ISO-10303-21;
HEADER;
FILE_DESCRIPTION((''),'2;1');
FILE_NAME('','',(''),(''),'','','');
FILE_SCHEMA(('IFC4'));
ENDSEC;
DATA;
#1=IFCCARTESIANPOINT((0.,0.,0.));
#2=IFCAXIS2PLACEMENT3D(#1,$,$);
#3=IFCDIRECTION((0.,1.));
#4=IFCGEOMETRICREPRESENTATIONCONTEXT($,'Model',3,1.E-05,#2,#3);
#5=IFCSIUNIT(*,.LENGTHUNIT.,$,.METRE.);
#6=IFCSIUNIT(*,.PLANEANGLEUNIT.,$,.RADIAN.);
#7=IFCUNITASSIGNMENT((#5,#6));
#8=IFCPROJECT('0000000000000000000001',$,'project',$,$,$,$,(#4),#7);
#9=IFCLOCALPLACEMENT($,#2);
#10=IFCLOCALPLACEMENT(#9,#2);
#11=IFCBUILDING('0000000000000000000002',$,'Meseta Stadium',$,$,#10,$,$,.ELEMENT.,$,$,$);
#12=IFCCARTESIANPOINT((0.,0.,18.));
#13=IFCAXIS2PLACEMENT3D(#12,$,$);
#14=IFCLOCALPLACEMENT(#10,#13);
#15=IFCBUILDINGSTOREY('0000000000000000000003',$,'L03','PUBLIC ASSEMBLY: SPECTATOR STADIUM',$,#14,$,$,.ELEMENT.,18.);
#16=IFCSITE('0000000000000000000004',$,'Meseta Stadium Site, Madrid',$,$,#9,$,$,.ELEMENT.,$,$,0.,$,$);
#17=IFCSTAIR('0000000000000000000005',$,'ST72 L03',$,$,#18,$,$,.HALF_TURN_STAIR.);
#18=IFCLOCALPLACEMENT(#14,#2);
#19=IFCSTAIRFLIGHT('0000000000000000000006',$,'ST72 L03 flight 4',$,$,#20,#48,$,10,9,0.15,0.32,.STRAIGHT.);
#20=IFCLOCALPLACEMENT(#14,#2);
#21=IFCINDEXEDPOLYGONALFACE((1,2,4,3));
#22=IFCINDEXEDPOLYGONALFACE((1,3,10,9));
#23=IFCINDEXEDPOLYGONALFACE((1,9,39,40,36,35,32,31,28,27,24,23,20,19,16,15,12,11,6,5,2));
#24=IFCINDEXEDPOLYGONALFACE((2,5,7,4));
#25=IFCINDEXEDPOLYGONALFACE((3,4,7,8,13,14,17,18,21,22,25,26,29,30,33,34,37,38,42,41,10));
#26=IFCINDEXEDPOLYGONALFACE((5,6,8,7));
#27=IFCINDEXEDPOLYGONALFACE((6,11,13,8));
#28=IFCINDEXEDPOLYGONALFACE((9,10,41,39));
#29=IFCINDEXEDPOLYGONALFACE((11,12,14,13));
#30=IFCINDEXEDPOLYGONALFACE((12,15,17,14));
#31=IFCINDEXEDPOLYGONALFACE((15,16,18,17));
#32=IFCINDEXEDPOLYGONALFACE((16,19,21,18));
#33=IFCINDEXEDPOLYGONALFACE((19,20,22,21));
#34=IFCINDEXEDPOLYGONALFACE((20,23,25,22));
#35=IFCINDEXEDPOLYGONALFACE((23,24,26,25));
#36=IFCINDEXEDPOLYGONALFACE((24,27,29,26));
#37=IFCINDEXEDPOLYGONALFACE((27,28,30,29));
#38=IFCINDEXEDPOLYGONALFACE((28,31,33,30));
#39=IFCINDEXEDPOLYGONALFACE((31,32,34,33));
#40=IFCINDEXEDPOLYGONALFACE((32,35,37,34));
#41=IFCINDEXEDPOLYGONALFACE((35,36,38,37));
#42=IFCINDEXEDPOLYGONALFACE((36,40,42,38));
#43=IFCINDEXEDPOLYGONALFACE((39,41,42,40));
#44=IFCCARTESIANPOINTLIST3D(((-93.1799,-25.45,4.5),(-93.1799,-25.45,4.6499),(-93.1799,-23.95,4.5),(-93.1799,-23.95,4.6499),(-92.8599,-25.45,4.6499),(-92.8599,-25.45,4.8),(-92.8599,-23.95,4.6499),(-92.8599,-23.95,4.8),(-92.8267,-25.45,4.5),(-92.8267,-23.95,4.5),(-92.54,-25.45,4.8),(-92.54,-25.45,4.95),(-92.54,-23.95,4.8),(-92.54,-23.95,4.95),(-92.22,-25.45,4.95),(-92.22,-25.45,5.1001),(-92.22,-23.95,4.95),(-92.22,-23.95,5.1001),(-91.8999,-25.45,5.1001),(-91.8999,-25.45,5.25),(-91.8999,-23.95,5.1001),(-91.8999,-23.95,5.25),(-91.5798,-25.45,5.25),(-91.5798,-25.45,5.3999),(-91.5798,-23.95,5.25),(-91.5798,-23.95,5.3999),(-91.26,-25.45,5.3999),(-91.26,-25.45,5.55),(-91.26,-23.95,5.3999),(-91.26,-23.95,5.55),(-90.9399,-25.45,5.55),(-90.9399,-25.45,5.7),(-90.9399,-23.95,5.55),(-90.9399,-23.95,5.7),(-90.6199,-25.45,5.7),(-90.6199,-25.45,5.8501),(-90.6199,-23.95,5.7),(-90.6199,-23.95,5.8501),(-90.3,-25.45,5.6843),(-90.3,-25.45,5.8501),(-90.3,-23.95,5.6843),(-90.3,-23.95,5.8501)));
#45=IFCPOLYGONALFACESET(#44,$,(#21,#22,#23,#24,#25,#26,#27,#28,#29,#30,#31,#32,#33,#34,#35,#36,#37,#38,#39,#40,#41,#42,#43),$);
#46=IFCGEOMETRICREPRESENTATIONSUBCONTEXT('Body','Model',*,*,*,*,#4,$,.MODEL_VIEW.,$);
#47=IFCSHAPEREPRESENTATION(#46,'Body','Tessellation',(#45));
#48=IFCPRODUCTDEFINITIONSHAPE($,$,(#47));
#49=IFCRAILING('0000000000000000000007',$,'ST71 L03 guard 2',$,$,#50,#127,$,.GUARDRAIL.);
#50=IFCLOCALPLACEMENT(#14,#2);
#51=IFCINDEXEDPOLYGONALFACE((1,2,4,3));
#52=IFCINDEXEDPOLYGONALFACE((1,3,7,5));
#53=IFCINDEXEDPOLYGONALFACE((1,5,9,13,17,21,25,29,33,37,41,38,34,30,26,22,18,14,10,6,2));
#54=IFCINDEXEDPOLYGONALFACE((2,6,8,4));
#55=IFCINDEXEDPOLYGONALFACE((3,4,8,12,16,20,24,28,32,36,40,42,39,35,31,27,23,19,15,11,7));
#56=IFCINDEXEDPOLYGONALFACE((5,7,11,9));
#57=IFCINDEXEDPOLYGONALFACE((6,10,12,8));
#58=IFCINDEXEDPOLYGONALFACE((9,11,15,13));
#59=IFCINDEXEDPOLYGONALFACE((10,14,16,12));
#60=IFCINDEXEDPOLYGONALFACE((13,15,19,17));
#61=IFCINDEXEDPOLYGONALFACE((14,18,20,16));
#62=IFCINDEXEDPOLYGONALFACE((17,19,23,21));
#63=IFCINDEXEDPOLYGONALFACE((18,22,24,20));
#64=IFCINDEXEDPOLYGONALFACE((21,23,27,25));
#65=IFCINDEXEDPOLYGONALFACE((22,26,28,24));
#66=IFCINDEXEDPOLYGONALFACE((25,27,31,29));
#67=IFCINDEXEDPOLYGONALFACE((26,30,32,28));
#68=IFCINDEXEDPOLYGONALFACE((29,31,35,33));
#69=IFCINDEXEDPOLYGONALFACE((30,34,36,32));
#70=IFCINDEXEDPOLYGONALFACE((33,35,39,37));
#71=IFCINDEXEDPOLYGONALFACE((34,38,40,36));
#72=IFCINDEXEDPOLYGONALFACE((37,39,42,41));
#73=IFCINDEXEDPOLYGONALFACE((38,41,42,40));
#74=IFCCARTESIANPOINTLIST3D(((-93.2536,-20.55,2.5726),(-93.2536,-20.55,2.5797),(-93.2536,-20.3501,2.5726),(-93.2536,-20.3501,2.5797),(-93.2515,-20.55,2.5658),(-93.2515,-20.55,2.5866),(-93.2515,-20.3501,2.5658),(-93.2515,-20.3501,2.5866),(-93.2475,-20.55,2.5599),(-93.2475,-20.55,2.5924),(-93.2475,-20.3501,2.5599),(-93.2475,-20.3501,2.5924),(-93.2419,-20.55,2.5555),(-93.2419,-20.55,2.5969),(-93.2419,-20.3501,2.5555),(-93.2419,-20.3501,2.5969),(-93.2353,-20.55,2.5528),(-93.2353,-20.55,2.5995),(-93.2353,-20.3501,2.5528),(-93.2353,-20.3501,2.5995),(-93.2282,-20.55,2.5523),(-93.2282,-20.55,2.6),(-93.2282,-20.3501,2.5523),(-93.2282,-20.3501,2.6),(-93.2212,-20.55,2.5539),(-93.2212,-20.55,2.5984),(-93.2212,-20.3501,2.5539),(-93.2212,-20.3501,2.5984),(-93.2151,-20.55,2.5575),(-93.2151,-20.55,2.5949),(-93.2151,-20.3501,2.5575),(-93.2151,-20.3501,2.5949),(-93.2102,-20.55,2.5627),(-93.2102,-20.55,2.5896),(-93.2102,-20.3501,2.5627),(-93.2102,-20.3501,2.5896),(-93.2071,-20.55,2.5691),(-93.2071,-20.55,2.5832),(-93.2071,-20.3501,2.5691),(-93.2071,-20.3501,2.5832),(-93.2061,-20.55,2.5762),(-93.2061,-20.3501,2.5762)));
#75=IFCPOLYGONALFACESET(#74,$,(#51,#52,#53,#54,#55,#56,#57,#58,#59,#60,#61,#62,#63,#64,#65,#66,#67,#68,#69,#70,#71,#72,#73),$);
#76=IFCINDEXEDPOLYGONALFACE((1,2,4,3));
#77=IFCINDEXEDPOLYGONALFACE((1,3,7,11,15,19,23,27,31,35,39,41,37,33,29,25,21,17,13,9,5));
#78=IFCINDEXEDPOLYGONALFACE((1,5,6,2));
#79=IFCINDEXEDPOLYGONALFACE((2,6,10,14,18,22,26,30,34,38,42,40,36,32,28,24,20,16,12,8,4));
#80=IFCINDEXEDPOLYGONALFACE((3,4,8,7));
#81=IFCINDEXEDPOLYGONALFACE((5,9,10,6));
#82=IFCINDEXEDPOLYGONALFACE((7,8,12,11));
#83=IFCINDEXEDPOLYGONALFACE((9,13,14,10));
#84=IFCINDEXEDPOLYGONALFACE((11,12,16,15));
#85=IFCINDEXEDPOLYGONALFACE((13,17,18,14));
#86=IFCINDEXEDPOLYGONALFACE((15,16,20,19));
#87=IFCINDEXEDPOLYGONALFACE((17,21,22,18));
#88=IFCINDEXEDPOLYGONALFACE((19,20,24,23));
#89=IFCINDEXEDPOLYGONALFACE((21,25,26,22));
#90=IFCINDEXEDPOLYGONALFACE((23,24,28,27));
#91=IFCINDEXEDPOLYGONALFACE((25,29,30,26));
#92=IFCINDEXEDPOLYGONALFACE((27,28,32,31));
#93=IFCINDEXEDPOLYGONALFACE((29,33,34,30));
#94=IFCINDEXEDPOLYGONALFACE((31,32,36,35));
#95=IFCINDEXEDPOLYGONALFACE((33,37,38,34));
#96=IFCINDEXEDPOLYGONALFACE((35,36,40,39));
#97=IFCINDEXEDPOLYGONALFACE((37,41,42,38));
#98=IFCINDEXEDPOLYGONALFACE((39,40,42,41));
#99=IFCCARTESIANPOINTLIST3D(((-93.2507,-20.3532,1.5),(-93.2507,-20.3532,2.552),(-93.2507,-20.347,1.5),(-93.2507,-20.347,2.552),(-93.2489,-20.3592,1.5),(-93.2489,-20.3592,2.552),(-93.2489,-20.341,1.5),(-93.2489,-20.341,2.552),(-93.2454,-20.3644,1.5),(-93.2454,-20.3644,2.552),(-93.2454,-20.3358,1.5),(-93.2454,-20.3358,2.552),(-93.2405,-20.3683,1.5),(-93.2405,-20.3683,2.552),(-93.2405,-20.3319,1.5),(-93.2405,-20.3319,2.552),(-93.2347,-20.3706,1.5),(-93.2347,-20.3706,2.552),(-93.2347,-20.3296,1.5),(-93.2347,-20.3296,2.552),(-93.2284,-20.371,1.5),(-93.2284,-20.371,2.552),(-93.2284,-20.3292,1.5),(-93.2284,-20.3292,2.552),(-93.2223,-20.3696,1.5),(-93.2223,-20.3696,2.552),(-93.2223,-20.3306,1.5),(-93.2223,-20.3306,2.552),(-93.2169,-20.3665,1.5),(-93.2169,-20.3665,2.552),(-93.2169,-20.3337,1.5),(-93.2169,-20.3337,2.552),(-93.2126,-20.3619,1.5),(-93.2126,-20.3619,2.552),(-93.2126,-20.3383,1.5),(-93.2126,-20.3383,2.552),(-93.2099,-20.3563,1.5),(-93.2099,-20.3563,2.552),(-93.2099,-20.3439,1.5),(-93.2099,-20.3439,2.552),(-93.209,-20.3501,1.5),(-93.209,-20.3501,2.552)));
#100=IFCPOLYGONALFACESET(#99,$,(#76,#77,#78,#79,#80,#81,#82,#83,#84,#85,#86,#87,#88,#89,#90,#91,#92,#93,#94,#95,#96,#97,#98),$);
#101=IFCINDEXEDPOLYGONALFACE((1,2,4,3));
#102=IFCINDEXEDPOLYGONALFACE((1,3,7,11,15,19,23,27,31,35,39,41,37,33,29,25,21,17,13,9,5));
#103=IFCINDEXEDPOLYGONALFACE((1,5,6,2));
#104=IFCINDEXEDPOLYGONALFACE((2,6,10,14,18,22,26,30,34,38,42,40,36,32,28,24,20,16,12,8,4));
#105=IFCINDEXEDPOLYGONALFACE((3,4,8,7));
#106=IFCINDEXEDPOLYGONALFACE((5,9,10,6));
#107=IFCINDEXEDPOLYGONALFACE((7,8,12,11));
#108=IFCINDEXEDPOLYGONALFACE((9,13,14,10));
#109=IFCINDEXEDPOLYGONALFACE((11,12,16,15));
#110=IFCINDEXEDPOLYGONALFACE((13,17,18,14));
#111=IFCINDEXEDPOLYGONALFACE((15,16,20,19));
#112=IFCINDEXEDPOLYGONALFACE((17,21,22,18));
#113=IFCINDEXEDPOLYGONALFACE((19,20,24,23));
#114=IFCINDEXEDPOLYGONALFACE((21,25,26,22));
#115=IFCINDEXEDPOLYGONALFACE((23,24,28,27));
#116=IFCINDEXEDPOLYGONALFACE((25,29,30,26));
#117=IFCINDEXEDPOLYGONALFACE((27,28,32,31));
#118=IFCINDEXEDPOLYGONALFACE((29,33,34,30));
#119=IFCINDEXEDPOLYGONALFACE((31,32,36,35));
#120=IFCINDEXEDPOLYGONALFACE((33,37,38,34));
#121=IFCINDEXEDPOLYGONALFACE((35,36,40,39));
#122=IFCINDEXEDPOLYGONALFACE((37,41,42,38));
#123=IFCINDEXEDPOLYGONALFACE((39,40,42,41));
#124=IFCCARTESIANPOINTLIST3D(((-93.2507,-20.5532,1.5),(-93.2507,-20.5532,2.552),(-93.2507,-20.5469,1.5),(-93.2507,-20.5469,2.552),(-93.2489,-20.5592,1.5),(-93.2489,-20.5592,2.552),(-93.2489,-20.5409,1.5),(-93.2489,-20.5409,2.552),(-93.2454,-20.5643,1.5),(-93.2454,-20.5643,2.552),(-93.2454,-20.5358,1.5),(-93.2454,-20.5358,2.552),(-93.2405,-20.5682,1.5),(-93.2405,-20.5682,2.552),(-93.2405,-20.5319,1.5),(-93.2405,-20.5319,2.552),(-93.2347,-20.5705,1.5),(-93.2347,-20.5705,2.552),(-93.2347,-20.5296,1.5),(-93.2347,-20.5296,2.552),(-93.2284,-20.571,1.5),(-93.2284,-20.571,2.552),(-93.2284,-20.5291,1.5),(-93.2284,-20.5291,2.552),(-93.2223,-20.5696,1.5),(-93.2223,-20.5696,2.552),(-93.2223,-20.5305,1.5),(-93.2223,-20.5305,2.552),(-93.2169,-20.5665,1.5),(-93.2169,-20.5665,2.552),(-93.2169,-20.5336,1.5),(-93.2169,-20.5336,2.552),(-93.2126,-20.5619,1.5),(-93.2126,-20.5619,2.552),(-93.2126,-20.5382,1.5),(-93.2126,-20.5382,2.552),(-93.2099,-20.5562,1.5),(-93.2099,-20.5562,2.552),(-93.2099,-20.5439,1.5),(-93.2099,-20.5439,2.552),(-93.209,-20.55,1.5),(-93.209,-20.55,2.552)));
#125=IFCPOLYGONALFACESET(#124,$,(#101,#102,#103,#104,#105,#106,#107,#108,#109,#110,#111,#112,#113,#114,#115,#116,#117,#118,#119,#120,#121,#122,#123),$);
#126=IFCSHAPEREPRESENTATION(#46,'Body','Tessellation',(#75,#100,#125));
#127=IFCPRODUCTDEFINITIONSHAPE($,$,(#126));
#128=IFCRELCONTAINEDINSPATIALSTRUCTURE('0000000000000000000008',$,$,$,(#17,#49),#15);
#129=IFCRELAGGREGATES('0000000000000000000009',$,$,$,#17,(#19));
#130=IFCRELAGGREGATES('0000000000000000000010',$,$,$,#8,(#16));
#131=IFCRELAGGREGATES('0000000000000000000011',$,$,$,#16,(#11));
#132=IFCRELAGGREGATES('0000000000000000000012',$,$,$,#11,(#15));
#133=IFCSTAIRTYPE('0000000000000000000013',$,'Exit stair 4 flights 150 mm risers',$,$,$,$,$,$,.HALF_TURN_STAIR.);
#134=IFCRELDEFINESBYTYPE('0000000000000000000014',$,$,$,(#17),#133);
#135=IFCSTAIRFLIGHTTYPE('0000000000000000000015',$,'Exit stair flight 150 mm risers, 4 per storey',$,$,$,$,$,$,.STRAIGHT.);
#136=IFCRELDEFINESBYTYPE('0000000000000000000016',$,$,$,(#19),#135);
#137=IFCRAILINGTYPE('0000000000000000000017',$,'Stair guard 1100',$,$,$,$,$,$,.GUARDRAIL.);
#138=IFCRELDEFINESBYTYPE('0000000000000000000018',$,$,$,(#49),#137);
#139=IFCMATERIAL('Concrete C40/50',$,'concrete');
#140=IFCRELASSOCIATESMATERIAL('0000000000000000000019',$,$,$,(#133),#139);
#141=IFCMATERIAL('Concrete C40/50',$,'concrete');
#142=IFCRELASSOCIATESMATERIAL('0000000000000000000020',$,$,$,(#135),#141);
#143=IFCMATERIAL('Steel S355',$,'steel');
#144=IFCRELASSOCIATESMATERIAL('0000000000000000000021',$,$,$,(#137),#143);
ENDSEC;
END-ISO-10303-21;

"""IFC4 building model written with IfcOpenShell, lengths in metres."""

from ifc_helpers import new_model, si_unit, direction, frame, origin, origin_2d, place, context, subcontext, project, spatial, polyline, circle, outline, extrude, material, type_object, element, aggregate, save


model = new_model("IFC4")

# Units and contexts
model_context = context("Model", 3, precision=1e-05, world=origin(), true_north=direction((0.0, 1.0)))
body_context = subcontext(model_context, "Body", "Model", "MODEL_VIEW")
ifc_project = project(units=[si_unit("LENGTHUNIT", "METRE"), si_unit("PLANEANGLEUNIT", "RADIAN")], contexts=[model_context])

# Site, building, storey
site_placement = place(None, origin())
site = spatial("IfcSite", under=ifc_project, at=site_placement, Name="Meseta Stadium Site, Madrid", CompositionType="ELEMENT", RefElevation=0.0)
building_placement = place(site_placement, origin())
building = spatial("IfcBuilding", under=site, at=building_placement, Name="Meseta Stadium", CompositionType="ELEMENT")
storey_placement = place(building_placement, frame((0.0, 0.0, 18.0)))
storey = spatial("IfcBuildingStorey", under=building, at=storey_placement, Name="L03", Description="PUBLIC ASSEMBLY: SPECTATOR STADIUM", CompositionType="ELEMENT", Elevation=18.0)

# Stair, stair flight
ifc_material_1 = material(Name="Concrete C40/50", Category="concrete")
stair_type = type_object("IfcStairType", Name="Exit stair 4 flights 150 mm risers", PredefinedType="HALF_TURN_STAIR", material=ifc_material_1)
ifc_material_2 = material(Name="Concrete C40/50", Category="concrete")
stair_flight_type = type_object("IfcStairFlightType", Name="Exit stair flight 150 mm risers, 4 per storey", PredefinedType="STRAIGHT", material=ifc_material_2)
stair_1_placement = place(storey_placement, origin())
stair_1 = element("IfcStair", 1, at=stair_1_placement, inside=storey, type_object=stair_type, Name="ST72 L03", PredefinedType="HALF_TURN_STAIR")
stair_flight_1_placement = place(storey_placement, frame((-93.1799, -24.7, 4.5), z_axis=(0.0, 0.0, 1.0), x_axis=(1.0, 0.0, 0.0)))
stair_flight_1 = element("IfcStairFlight", 2, at=stair_flight_1_placement, type_object=stair_flight_type, Name="ST72 L03 flight 4", NumberOfRisers=10, NumberOfTreads=9, PredefinedType="STRAIGHT", RiserHeight=0.15, TreadLength=0.32, context=body_context, shape_type="SweptSolid", body=[
    extrude(outline(polyline([(0.0, 0.0), (0.0, 0.1499), (0.3201, 0.1499), (0.3201, 0.3), (0.6399, 0.3), (0.6399, 0.45), (0.96, 0.45), (0.96, 0.6001), (1.28, 0.6001), (1.28, 0.75), (1.6001, 0.75), (1.6001, 0.8999), (1.9199, 0.8999), (1.9199, 1.05), (2.24, 1.05), (2.24, 1.2), (2.5601, 1.2), (2.5601, 1.3501), (2.8799, 1.3501), (2.8799, 1.1843), (0.3533, 0.0), (0.0, 0.0)])), frame((0.0, 0.75, 0.0), z_axis=(0.0, -1.0, 0.0), x_axis=(1.0, 0.0, 0.0)), (0.0, 0.0, 1.0), 1.5),
])
aggregate(stair_1, [stair_flight_1])

# Railing
ifc_material_3 = material(Name="Steel S355", Category="steel")
railing_type_1 = type_object("IfcRailingType", Name="Stair guard 1100", PredefinedType="GUARDRAIL", material=ifc_material_3)
railing_1_placement = place(storey_placement, frame((-93.23, -20.3501, 1.5)))
element("IfcRailing", 3, at=railing_1_placement, inside=storey, type_object=railing_type_1, Name="ST71 L03 guard 2", PredefinedType="GUARDRAIL", context=body_context, shape_type="SweptSolid", body=[
    extrude(circle(Radius=0.0239, at=origin_2d()), frame((0.0, 0.0, 1.0762), z_axis=(0.0, -1.0, 0.0), x_axis=(1.0, 0.0, 0.0)), (0.0, 0.0, 1.0), 0.2),
    extrude(circle(Radius=0.021, at=origin_2d()), origin(), (0.0, 0.0, 1.0), 1.052),
    extrude(circle(Radius=0.021, at=origin_2d()), frame((0.0, -0.2, 0.0)), (0.0, 0.0, 1.0), 1.052),
])

save(model, "model.ifc")
